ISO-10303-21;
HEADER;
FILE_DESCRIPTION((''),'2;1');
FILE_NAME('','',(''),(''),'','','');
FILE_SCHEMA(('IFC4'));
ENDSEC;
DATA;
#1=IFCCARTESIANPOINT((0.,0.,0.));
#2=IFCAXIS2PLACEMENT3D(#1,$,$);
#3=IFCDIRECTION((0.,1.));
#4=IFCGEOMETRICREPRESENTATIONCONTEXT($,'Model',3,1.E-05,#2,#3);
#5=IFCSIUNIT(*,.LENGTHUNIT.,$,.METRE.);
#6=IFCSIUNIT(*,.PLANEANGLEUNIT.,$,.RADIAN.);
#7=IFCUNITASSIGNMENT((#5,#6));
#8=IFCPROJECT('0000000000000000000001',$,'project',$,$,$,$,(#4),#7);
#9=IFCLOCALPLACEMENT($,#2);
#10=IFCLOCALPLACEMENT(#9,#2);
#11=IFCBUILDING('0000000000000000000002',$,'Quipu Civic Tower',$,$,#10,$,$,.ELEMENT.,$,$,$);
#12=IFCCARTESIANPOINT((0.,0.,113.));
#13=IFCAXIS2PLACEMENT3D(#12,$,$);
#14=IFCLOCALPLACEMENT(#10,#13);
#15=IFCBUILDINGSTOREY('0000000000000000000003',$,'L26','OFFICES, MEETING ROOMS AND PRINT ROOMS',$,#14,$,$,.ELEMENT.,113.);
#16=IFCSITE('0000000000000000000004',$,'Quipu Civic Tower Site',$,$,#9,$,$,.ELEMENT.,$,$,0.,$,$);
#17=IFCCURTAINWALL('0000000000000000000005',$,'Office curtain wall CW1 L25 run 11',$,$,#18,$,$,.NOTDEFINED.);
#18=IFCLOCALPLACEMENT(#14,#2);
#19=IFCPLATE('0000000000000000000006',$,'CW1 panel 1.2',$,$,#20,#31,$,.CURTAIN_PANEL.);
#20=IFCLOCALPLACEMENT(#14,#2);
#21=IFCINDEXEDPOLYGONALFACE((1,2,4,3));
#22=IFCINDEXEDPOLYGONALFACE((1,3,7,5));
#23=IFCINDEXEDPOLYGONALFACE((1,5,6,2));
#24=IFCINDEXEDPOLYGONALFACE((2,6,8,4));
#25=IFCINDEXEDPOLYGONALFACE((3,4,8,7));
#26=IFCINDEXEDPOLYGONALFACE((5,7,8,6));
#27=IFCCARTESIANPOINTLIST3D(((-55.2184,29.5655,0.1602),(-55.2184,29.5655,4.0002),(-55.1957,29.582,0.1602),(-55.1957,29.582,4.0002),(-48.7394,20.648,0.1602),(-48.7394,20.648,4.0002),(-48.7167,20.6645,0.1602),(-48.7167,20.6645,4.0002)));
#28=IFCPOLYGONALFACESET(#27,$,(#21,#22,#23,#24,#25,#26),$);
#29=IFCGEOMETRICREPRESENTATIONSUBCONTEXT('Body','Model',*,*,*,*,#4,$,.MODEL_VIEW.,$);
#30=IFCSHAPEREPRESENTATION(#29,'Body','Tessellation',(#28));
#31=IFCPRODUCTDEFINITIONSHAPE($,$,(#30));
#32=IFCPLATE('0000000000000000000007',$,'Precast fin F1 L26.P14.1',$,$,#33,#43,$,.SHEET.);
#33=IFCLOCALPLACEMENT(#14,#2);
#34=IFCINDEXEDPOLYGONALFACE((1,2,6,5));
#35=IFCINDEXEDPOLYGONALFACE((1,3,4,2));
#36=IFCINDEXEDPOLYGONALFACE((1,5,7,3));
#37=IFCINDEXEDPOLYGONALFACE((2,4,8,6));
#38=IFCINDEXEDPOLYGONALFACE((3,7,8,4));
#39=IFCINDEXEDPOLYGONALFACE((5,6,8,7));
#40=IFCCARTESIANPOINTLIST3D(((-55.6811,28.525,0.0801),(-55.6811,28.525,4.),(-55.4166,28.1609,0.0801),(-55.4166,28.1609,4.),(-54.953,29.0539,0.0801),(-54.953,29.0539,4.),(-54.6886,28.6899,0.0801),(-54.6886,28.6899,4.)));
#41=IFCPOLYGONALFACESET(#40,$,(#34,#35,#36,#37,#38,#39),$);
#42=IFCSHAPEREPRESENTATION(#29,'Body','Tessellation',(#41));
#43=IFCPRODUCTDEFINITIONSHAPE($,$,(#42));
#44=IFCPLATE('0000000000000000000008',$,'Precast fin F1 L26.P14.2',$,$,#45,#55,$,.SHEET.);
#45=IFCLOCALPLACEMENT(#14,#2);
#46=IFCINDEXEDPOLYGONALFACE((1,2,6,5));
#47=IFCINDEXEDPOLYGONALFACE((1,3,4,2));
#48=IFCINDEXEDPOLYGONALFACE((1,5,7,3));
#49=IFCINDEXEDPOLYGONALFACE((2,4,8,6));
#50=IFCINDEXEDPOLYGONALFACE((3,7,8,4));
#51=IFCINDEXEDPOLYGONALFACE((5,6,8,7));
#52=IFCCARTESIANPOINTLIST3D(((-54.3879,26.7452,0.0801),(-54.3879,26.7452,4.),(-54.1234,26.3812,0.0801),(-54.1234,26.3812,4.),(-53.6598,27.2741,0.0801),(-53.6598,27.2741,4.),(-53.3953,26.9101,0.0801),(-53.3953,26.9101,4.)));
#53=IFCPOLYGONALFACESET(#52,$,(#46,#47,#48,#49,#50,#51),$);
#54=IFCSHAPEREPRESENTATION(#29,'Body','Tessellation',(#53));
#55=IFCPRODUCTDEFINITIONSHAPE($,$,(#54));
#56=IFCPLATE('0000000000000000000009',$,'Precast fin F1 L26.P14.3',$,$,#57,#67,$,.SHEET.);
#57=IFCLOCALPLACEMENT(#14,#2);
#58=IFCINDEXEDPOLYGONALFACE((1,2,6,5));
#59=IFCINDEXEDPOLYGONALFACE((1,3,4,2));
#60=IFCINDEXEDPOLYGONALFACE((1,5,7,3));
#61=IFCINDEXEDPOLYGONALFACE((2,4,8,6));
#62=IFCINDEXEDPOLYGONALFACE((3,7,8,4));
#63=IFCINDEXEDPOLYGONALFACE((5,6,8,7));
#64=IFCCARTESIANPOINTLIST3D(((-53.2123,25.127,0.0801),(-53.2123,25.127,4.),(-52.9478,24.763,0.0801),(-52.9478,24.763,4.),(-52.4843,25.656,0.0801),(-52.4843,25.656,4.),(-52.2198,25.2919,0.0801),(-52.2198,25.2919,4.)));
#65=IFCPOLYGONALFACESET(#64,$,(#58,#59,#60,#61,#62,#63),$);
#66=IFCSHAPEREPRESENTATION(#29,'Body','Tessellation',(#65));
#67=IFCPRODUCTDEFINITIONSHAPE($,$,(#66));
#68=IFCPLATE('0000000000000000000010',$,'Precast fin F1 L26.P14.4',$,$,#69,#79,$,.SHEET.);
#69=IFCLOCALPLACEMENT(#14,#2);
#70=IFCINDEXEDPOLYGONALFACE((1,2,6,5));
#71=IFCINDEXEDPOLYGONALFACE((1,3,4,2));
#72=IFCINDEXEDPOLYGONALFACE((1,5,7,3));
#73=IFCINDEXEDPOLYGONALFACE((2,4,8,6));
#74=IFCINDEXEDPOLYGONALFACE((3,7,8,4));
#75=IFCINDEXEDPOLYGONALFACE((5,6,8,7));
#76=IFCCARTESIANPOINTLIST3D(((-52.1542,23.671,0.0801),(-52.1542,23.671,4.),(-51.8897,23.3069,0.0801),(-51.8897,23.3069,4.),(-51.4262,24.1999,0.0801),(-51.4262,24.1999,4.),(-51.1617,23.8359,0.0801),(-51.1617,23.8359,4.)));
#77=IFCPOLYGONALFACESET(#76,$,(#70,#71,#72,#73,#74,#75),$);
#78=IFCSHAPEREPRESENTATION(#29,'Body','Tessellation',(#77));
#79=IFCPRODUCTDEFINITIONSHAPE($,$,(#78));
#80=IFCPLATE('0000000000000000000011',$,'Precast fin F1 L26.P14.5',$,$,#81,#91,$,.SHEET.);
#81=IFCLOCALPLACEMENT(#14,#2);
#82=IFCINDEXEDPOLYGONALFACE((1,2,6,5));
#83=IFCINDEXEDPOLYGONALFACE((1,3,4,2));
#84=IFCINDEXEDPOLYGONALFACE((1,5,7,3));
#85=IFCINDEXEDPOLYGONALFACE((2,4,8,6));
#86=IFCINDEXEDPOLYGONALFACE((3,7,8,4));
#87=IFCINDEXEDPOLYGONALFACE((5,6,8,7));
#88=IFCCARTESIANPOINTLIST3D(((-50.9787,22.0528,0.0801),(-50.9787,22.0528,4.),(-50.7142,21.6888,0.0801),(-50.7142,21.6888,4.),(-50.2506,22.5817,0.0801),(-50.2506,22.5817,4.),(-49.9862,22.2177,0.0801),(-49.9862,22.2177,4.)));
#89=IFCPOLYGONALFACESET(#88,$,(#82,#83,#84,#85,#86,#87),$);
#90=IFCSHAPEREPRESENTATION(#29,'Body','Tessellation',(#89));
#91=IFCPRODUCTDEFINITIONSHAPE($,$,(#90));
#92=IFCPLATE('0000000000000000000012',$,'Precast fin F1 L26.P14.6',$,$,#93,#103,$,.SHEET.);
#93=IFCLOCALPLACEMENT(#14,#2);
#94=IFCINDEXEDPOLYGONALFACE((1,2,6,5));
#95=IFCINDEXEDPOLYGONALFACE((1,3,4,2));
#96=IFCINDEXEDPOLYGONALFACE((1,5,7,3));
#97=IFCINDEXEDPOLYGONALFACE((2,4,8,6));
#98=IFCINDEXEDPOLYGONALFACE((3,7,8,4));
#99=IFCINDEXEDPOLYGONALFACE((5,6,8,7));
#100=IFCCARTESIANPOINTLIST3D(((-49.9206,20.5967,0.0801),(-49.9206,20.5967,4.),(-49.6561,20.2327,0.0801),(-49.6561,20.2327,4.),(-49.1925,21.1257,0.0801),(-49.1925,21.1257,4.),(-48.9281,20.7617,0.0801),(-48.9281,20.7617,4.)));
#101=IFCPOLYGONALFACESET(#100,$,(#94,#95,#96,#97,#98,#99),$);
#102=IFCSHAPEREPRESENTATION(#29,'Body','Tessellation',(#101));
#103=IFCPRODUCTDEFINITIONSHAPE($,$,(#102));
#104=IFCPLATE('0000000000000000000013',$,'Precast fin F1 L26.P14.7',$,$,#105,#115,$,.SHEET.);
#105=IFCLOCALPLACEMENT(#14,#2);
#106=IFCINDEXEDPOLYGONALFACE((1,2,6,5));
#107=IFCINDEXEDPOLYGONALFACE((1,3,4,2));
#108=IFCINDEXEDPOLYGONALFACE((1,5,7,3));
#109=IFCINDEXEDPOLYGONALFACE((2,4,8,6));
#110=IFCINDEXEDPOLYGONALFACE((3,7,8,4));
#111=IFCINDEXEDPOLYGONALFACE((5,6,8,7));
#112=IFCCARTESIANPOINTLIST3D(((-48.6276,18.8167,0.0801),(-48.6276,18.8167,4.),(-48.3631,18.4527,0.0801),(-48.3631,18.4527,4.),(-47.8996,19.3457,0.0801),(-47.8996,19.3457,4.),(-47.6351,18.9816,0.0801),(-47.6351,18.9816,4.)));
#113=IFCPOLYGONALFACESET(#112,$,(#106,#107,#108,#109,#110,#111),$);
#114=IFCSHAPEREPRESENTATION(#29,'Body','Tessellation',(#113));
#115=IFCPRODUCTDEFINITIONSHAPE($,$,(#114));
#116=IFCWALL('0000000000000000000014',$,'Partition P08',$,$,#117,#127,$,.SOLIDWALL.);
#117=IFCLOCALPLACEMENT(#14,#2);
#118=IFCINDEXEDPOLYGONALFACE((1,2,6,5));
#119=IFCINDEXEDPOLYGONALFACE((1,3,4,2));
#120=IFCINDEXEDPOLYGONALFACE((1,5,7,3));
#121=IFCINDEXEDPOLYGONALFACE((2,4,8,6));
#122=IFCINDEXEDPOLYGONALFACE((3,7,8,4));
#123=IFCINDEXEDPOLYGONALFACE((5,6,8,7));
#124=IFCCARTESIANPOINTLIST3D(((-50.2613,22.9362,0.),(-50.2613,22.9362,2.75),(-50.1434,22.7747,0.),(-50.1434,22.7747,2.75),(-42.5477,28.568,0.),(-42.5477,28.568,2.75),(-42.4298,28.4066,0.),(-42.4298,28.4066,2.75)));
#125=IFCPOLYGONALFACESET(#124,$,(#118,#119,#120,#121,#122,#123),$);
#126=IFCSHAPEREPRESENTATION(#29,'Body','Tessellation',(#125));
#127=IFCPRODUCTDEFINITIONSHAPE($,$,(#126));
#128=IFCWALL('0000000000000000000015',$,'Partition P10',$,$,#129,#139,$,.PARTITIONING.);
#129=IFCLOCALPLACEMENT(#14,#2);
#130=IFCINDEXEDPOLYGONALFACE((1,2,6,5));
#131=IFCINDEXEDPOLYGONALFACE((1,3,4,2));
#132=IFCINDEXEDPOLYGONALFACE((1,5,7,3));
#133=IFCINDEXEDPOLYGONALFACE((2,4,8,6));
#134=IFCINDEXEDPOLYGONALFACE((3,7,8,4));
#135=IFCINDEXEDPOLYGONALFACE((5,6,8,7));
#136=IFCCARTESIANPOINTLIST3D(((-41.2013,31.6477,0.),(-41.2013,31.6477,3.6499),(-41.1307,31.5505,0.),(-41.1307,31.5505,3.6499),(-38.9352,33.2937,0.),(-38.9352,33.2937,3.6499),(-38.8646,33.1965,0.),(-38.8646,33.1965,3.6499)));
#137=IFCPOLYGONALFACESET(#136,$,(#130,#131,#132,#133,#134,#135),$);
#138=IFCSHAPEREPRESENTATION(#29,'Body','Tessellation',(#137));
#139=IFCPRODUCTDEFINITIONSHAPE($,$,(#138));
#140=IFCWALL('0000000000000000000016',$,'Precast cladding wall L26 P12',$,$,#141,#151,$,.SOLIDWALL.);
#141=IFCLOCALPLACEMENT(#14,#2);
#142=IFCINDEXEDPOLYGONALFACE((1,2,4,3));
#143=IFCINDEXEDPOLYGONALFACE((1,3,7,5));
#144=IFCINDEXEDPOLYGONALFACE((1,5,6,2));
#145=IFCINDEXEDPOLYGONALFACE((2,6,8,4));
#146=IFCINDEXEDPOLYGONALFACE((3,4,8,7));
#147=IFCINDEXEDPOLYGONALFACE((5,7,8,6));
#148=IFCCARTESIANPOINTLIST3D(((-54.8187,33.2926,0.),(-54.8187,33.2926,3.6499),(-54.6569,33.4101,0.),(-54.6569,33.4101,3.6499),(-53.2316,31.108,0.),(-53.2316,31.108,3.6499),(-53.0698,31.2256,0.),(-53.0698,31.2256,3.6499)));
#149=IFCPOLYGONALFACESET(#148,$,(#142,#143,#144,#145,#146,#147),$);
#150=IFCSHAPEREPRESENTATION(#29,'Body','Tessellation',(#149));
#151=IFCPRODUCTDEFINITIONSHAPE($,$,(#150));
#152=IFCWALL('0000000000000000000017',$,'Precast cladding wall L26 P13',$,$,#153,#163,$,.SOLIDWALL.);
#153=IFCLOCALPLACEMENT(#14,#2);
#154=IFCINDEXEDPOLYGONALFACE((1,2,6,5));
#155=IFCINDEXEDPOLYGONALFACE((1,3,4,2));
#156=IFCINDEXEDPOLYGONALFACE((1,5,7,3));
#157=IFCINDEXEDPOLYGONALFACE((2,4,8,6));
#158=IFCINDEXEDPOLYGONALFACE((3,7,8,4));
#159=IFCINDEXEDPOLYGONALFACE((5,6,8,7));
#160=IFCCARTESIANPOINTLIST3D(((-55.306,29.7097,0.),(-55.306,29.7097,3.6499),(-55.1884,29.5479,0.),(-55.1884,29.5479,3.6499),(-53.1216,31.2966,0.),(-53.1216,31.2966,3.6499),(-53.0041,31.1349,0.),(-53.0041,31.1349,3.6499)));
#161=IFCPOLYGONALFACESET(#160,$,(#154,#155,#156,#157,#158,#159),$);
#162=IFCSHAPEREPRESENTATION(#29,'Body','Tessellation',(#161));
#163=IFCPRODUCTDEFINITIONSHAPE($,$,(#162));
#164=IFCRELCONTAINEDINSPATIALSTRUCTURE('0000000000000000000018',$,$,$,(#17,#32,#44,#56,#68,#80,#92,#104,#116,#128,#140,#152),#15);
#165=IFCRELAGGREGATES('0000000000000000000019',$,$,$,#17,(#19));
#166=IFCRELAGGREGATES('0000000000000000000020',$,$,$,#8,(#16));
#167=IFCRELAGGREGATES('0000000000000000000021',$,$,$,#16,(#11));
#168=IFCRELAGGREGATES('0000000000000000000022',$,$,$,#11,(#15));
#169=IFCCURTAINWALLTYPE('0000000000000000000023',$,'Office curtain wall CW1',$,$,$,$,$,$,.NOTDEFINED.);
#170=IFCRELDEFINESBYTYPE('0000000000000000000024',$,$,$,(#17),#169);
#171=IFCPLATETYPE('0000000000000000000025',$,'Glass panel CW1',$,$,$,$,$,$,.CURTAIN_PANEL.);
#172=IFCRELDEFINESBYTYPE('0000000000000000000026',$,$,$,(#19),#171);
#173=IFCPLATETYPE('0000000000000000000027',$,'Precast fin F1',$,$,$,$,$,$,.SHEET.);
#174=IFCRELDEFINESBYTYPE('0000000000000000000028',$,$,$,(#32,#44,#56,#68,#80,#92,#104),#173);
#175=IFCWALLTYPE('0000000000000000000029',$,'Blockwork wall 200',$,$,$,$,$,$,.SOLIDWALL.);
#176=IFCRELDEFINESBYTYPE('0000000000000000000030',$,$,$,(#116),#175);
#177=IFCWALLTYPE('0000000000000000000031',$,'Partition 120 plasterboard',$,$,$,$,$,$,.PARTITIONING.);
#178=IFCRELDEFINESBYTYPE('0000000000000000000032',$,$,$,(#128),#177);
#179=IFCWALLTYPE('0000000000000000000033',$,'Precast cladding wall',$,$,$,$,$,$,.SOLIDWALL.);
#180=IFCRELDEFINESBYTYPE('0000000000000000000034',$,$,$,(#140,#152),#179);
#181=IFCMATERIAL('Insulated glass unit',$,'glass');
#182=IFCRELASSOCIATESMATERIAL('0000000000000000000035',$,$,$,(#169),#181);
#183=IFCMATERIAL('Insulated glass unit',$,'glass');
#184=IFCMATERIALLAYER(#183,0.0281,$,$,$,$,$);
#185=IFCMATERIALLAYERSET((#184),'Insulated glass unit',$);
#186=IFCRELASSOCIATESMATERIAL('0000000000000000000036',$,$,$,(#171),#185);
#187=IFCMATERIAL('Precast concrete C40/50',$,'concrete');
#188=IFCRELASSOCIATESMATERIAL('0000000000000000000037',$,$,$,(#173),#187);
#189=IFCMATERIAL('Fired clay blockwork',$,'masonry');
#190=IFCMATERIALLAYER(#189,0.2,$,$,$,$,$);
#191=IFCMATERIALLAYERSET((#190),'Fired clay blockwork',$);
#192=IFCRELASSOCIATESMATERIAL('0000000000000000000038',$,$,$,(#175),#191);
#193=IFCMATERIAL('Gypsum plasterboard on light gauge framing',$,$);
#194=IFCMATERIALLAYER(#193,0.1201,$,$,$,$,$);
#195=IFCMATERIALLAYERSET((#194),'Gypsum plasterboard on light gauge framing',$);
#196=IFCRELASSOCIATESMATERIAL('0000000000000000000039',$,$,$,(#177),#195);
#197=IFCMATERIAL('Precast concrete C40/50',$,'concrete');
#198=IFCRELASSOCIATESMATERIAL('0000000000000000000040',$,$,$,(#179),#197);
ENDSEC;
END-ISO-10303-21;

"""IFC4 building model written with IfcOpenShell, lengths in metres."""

from ifc_helpers import new_model, si_unit, direction, frame, frame_2d, origin, origin_2d, place, context, subcontext, project, spatial, rectangle, extrude, material, layer, layer_set, type_object, element, aggregate, save


model = new_model("IFC4")

# Units and contexts
model_context = context("Model", 3, precision=1e-05, world=origin(), true_north=direction((0.0, 1.0)))
body_context = subcontext(model_context, "Body", "Model", "MODEL_VIEW")
ifc_project = project(units=[si_unit("LENGTHUNIT", "METRE"), si_unit("PLANEANGLEUNIT", "RADIAN")], contexts=[model_context])

# Site, building, storey
site_placement = place(None, origin())
site = spatial("IfcSite", under=ifc_project, at=site_placement, Name="Quipu Civic Tower Site", CompositionType="ELEMENT", RefElevation=0.0)
building_placement = place(site_placement, origin())
building = spatial("IfcBuilding", under=site, at=building_placement, Name="Quipu Civic Tower", CompositionType="ELEMENT")
storey_placement = place(building_placement, frame((0.0, 0.0, 113.0)))
storey = spatial("IfcBuildingStorey", under=building, at=storey_placement, Name="L26", Description="OFFICES, MEETING ROOMS AND PRINT ROOMS", CompositionType="ELEMENT", Elevation=113.0)

# Curtain wall
ifc_material_1 = material(Name="Insulated glass unit", Category="glass")
curtain_wall_type = type_object("IfcCurtainWallType", Name="Office curtain wall CW1", PredefinedType="NOTDEFINED", material=ifc_material_1)
curtain_wall_placement = place(storey_placement, origin())
curtain_wall = element("IfcCurtainWall", 1, at=curtain_wall_placement, inside=storey, type_object=curtain_wall_type, Name="Office curtain wall CW1 L25 run 11", PredefinedType="NOTDEFINED")

# Plate
ifc_material_2 = material(Name="Insulated glass unit", Category="glass")
ifc_layer_1 = layer(ifc_material_2, 0.0281)
ifc_layer_set_1 = layer_set([ifc_layer_1], Name="Insulated glass unit")
plate_type_1 = type_object("IfcPlateType", Name="Glass panel CW1", PredefinedType="CURTAIN_PANEL", material=ifc_layer_set_1)
plate_placement = place(storey_placement, frame((-51.9675, 25.115, 0.1602), z_axis=(0.0, 0.0, 1.0), x_axis=(0.587786, -0.809017, 0.0)))
plate = element("IfcPlate", 2, at=plate_placement, type_object=plate_type_1, Name="CW1 panel 1.2", PredefinedType="CURTAIN_PANEL", context=body_context, shape_type="SweptSolid", body=[
    extrude(rectangle(XDim=11.0227, YDim=0.0281, at=origin_2d()), origin(), (0.0, 0.0, 1.0), 3.8401),
])
aggregate(curtain_wall, [plate])

# Plates
ifc_material_3 = material(Name="Precast concrete C40/50", Category="concrete")
plate_type_2 = type_object("IfcPlateType", Name="Precast fin F1", PredefinedType="SHEET", material=ifc_material_3)
for number, where, z_axis, x_axis, name in (
    (3, (-55.1848, 28.6074, 0.0801), (0.0, 0.0, 1.0), (0.587786, -0.809017, 0.0), "Precast fin F1 L26.P14.1"),
    (4, (-53.8916, 26.8276, 0.0801), (0.0, 0.0, 1.0), (0.587786, -0.809017, 0.0), "Precast fin F1 L26.P14.2"),
    (5, (-52.7161, 25.2095, 0.0801), (0.0, 0.0, 1.0), (0.587786, -0.809017, 0.0), "Precast fin F1 L26.P14.3"),
    (6, (-51.658, 23.7534, 0.0801), (0.0, 0.0, 1.0), (0.587786, -0.809017, 0.0), "Precast fin F1 L26.P14.4"),
    (7, (-50.4824, 22.1353, 0.0801), (0.0, 0.0, 1.0), (0.587786, -0.809017, 0.0), "Precast fin F1 L26.P14.5"),
    (8, (-49.4243, 20.6792, 0.0801), (0.0, 0.0, 1.0), (0.587786, -0.809017, 0.0), "Precast fin F1 L26.P14.6"),
    (9, (-48.1313, 18.8992, 0.0801), (0.0, 0.0, 1.0), (0.587786, -0.809017, 0.0), "Precast fin F1 L26.P14.7"),
):
    element("IfcPlate", number, at=place(storey_placement, frame(where, z_axis=z_axis, x_axis=x_axis)), inside=storey, type_object=plate_type_2, Name=name, PredefinedType="SHEET", context=body_context, shape_type="SweptSolid", body=[
        extrude(rectangle(XDim=0.45, YDim=0.8999, at=origin_2d()), origin(), (0.0, 0.0, 1.0), 3.9199),
    ])

# Walls
ifc_material_4 = material(Name="Fired clay blockwork", Category="masonry")
ifc_layer_2 = layer(ifc_material_4, 0.2)
ifc_layer_set_2 = layer_set([ifc_layer_2], Name="Fired clay blockwork")
wall_type_1 = type_object("IfcWallType", Name="Blockwork wall 200", PredefinedType="SOLIDWALL", material=ifc_layer_set_2)
wall_1_placement = place(storey_placement, frame((-50.2024, 22.8555, 0.0), z_axis=(0.0, 0.0, 1.0), x_axis=(0.807643, 0.589672, 0.0)))
element("IfcWall", 10, at=wall_1_placement, inside=storey, type_object=wall_type_1, Name="Partition P08", PredefinedType="SOLIDWALL", context=body_context, shape_type="SweptSolid", body=[
    extrude(rectangle(XDim=9.5508, YDim=0.2, at=frame_2d((4.7754, 0.0))), origin(), (0.0, 0.0, 1.0), 2.75),
])
ifc_material_5 = material(Name="Gypsum plasterboard on light gauge framing")
ifc_layer_3 = layer(ifc_material_5, 0.1201)
ifc_layer_set_3 = layer_set([ifc_layer_3], Name="Gypsum plasterboard on light gauge framing")
wall_type_2 = type_object("IfcWallType", Name="Partition 120 plasterboard", PredefinedType="PARTITIONING", material=ifc_layer_set_3)
wall_2_placement = place(storey_placement, frame((-41.166, 31.5991, 0.0), z_axis=(0.0, 0.0, 1.0), x_axis=(0.80909, 0.587684, 0.0)))
element("IfcWall", 11, at=wall_2_placement, inside=storey, type_object=wall_type_2, Name="Partition P10", PredefinedType="PARTITIONING", context=body_context, shape_type="SweptSolid", body=[
    extrude(rectangle(XDim=2.8008, YDim=0.1201, at=frame_2d((1.4004, 0.0))), origin(), (0.0, 0.0, 1.0), 3.6499),
])
ifc_material_6 = material(Name="Precast concrete C40/50", Category="concrete")
wall_type_3 = type_object("IfcWallType", Name="Precast cladding wall", PredefinedType="SOLIDWALL", material=ifc_material_6)
wall_3_placement = place(storey_placement, frame((-54.7378, 33.3513, 0.0), z_axis=(0.0, 0.0, 1.0), x_axis=(0.587779, -0.809021, 0.0)))
element("IfcWall", 12, at=wall_3_placement, inside=storey, type_object=wall_type_3, Name="Precast cladding wall L26 P12", PredefinedType="SOLIDWALL", context=body_context, shape_type="SweptSolid", body=[
    extrude(rectangle(XDim=2.7002, YDim=0.2, at=frame_2d((1.3501, 0.0))), origin(), (0.0, 0.0, 1.0), 3.6499),
])
wall_4_placement = place(storey_placement, frame((-53.0627, 31.2158, 0.0), z_axis=(0.0, 0.0, 1.0), x_axis=(-0.809033, -0.587763, 0.0)))
element("IfcWall", 13, at=wall_4_placement, inside=storey, type_object=wall_type_3, Name="Precast cladding wall L26 P13", PredefinedType="SOLIDWALL", context=body_context, shape_type="SweptSolid", body=[
    extrude(rectangle(XDim=2.7, YDim=0.2, at=frame_2d((1.3501, 0.0))), origin(), (0.0, 0.0, 1.0), 3.6499),
])

save(model, "model.ifc")
